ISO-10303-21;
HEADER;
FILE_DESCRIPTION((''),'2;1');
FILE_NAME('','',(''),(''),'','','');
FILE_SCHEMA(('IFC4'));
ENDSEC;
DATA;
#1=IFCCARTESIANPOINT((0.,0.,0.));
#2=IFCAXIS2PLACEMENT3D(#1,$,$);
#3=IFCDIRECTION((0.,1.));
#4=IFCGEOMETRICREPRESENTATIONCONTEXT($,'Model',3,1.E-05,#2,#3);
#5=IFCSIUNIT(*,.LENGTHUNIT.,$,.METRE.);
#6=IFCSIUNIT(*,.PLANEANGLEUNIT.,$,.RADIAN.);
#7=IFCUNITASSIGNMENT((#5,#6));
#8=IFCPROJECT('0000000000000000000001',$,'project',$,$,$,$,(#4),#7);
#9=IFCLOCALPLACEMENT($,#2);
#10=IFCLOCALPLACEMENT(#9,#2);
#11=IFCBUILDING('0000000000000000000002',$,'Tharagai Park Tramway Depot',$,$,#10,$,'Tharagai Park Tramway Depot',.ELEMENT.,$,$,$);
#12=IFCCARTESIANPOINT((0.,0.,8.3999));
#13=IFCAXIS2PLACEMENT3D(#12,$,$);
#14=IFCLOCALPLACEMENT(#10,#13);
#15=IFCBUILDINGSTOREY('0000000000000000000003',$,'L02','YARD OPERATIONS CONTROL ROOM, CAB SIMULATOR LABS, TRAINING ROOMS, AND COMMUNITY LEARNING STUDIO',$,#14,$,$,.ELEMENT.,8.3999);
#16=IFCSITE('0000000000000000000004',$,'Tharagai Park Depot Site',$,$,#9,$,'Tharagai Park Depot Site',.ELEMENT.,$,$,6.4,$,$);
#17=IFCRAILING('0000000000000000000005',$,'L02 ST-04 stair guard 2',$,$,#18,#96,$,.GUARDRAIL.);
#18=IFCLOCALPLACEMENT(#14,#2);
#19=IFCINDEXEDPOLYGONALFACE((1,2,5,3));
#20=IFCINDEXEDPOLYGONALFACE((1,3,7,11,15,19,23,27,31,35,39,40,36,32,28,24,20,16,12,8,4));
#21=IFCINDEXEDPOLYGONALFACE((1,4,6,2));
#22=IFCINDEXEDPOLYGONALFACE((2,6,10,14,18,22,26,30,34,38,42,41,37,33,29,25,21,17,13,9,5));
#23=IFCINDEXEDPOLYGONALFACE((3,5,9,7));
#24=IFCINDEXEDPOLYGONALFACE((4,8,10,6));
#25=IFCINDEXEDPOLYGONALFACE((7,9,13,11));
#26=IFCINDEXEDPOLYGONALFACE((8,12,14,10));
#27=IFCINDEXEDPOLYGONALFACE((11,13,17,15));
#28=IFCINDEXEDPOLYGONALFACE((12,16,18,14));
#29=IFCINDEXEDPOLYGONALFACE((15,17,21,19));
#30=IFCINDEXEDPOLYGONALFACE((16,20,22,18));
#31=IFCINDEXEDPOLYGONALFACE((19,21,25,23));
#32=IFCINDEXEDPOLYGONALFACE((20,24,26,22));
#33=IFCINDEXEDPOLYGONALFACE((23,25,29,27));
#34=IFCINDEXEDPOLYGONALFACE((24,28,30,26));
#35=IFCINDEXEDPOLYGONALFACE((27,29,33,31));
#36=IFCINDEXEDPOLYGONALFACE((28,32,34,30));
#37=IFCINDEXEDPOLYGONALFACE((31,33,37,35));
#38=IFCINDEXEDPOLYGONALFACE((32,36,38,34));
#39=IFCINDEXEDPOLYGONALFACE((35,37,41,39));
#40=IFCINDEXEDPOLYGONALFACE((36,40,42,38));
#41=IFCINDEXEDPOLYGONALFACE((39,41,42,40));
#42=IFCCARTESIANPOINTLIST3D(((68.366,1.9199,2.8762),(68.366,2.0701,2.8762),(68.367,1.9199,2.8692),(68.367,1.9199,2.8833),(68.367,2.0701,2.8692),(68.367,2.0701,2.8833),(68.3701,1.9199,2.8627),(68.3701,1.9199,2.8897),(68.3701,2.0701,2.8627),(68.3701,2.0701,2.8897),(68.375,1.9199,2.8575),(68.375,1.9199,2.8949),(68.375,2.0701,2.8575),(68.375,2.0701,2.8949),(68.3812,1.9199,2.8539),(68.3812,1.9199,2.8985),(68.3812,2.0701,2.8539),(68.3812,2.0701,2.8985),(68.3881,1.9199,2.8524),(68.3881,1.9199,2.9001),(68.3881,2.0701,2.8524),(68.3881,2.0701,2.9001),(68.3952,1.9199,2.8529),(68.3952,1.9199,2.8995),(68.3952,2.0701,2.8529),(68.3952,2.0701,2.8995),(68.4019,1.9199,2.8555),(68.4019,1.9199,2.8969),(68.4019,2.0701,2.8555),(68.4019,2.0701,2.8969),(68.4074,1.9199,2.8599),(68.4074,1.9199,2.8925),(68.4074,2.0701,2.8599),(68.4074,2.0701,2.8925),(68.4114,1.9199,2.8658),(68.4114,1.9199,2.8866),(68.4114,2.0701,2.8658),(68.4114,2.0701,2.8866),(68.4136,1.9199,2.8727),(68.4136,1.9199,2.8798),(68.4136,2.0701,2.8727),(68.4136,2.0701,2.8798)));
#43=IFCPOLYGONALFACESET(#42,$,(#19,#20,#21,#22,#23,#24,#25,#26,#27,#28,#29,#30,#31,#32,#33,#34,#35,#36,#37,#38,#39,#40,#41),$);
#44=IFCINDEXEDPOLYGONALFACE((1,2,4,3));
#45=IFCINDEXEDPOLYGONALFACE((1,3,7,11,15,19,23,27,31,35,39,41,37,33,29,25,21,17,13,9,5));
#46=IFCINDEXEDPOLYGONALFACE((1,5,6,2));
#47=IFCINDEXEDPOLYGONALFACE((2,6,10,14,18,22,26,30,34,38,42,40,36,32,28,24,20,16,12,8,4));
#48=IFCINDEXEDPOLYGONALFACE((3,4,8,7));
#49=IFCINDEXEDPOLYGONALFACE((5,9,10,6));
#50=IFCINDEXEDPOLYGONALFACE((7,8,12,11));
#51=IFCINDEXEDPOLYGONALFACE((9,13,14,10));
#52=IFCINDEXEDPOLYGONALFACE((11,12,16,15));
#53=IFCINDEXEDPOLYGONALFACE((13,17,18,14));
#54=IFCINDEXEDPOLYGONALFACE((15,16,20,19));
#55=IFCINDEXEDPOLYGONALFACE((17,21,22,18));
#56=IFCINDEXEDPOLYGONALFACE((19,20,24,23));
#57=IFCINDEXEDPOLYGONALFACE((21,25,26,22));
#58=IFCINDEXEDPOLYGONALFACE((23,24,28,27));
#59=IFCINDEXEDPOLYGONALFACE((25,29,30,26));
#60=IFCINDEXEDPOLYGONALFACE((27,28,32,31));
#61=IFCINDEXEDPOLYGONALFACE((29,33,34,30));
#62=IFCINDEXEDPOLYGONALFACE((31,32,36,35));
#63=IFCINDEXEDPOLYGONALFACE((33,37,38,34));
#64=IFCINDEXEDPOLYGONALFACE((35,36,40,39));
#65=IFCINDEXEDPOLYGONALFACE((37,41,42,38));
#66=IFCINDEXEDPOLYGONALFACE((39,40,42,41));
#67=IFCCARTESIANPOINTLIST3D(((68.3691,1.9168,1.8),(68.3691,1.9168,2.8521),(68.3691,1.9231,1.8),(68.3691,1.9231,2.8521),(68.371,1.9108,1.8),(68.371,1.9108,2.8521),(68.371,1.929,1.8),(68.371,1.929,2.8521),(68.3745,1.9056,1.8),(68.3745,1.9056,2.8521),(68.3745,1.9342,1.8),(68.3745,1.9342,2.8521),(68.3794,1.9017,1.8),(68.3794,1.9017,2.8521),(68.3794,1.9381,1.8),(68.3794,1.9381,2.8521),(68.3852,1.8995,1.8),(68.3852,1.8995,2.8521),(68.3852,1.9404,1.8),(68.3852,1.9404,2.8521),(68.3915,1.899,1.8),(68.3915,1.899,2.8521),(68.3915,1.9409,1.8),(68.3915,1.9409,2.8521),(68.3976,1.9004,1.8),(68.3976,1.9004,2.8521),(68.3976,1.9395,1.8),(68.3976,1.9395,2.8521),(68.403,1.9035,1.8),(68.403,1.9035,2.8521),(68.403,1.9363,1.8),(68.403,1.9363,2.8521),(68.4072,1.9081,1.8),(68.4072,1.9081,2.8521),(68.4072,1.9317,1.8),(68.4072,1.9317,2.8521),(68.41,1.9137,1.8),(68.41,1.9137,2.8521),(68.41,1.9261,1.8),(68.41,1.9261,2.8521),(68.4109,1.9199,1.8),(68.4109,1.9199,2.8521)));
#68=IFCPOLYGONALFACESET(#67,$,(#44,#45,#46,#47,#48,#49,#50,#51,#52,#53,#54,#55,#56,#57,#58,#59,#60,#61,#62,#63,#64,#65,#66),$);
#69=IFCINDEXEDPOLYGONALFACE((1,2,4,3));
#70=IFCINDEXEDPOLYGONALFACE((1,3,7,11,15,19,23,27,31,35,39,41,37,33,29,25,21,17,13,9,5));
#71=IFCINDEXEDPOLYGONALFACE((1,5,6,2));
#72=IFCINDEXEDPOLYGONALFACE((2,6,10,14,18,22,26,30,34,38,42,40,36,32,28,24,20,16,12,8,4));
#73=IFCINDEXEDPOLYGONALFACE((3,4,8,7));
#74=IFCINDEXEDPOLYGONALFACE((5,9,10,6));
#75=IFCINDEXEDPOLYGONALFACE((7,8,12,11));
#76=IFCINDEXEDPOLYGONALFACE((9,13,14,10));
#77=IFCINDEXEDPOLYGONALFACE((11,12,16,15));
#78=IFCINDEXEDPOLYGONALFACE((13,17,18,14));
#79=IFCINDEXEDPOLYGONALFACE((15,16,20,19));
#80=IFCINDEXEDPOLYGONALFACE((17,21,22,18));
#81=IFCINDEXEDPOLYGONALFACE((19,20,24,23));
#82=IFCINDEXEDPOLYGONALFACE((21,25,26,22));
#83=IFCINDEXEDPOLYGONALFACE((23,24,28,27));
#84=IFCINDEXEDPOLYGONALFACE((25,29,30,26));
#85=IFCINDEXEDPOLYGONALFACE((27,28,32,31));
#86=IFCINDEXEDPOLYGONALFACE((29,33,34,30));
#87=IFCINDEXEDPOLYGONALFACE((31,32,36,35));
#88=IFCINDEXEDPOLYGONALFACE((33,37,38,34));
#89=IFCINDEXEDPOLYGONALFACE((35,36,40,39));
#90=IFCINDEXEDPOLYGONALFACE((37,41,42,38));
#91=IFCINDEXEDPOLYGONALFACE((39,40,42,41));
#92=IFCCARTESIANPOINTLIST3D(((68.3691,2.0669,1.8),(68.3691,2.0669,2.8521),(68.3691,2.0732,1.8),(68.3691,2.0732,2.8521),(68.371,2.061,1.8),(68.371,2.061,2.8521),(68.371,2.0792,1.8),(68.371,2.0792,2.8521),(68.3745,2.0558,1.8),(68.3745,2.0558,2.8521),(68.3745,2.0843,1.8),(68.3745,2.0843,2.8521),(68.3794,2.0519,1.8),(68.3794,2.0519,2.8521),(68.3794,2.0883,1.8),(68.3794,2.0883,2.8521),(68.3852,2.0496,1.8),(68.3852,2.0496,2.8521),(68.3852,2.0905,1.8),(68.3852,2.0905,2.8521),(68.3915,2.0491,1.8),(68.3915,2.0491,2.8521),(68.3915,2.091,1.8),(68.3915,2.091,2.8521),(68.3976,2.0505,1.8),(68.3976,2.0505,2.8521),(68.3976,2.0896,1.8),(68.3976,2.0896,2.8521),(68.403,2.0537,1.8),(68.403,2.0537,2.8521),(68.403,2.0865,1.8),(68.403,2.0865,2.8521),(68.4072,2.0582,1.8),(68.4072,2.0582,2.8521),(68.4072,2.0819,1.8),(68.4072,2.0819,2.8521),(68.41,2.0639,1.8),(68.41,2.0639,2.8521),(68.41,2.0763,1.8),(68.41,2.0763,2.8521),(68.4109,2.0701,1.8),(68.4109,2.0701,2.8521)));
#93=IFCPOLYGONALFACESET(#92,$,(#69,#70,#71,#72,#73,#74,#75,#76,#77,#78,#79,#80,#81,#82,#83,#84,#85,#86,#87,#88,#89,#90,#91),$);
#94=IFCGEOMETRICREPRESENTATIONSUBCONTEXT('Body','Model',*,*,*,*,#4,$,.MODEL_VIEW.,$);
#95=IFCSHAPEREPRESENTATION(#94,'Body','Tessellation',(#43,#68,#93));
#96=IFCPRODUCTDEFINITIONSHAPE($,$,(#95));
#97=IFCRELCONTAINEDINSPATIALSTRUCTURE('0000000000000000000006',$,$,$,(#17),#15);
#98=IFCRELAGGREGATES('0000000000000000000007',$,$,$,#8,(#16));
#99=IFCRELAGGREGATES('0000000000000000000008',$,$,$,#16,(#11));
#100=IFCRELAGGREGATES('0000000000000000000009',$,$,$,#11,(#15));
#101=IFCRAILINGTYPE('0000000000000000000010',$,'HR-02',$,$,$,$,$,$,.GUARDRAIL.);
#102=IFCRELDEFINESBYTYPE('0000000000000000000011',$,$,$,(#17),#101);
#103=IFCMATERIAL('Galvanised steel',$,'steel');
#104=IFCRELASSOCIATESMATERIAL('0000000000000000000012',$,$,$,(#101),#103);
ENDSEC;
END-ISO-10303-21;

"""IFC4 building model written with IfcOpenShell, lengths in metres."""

from ifc_helpers import new_model, si_unit, direction, frame, origin, origin_2d, place, context, subcontext, project, spatial, circle, extrude, material, type_object, element, save


model = new_model("IFC4")

# Units and contexts
model_context = context("Model", 3, precision=1e-05, world=origin(), true_north=direction((0.0, 1.0)))
body_context = subcontext(model_context, "Body", "Model", "MODEL_VIEW")
ifc_project = project(units=[si_unit("LENGTHUNIT", "METRE"), si_unit("PLANEANGLEUNIT", "RADIAN")], contexts=[model_context])

# Site, building, storey
site_placement = place(None, origin())
site = spatial("IfcSite", under=ifc_project, at=site_placement, Name="Tharagai Park Depot Site", LongName="Tharagai Park Depot Site", CompositionType="ELEMENT", RefElevation=6.4)
building_placement = place(site_placement, origin())
building = spatial("IfcBuilding", under=site, at=building_placement, Name="Tharagai Park Tramway Depot", LongName="Tharagai Park Tramway Depot", CompositionType="ELEMENT")
storey_placement = place(building_placement, frame((0.0, 0.0, 8.3999)))
storey = spatial("IfcBuildingStorey", under=building, at=storey_placement, Name="L02", Description="YARD OPERATIONS CONTROL ROOM, CAB SIMULATOR LABS, TRAINING ROOMS, AND COMMUNITY LEARNING STUDIO", CompositionType="ELEMENT", Elevation=8.3999)

# Shared definitions
ifc_material_1 = material(Name="Galvanised steel", Category="steel")

# Railing
railing_type_1 = type_object("IfcRailingType", Name="HR-02", PredefinedType="GUARDRAIL", material=ifc_material_1)
railing_1_placement = place(storey_placement, frame((68.3899, 1.9199, 1.8)))
element("IfcRailing", 1, at=railing_1_placement, inside=storey, type_object=railing_type_1, Name="L02 ST-04 stair guard 2", PredefinedType="GUARDRAIL", context=body_context, shape_type="SweptSolid", body=[
    extrude(circle(Radius=0.0239, at=origin_2d()), frame((0.0, 0.0, 1.0762), z_axis=(0.0, 1.0, 0.0), x_axis=(-1.0, 0.0, 0.0)), (0.0, 0.0, 1.0), 0.1501),
    extrude(circle(Radius=0.021, at=origin_2d()), origin(), (0.0, 0.0, 1.0), 1.052),
    extrude(circle(Radius=0.021, at=origin_2d()), frame((0.0, 0.1501, 0.0)), (0.0, 0.0, 1.0), 1.052),
])

save(model, "model.ifc")
